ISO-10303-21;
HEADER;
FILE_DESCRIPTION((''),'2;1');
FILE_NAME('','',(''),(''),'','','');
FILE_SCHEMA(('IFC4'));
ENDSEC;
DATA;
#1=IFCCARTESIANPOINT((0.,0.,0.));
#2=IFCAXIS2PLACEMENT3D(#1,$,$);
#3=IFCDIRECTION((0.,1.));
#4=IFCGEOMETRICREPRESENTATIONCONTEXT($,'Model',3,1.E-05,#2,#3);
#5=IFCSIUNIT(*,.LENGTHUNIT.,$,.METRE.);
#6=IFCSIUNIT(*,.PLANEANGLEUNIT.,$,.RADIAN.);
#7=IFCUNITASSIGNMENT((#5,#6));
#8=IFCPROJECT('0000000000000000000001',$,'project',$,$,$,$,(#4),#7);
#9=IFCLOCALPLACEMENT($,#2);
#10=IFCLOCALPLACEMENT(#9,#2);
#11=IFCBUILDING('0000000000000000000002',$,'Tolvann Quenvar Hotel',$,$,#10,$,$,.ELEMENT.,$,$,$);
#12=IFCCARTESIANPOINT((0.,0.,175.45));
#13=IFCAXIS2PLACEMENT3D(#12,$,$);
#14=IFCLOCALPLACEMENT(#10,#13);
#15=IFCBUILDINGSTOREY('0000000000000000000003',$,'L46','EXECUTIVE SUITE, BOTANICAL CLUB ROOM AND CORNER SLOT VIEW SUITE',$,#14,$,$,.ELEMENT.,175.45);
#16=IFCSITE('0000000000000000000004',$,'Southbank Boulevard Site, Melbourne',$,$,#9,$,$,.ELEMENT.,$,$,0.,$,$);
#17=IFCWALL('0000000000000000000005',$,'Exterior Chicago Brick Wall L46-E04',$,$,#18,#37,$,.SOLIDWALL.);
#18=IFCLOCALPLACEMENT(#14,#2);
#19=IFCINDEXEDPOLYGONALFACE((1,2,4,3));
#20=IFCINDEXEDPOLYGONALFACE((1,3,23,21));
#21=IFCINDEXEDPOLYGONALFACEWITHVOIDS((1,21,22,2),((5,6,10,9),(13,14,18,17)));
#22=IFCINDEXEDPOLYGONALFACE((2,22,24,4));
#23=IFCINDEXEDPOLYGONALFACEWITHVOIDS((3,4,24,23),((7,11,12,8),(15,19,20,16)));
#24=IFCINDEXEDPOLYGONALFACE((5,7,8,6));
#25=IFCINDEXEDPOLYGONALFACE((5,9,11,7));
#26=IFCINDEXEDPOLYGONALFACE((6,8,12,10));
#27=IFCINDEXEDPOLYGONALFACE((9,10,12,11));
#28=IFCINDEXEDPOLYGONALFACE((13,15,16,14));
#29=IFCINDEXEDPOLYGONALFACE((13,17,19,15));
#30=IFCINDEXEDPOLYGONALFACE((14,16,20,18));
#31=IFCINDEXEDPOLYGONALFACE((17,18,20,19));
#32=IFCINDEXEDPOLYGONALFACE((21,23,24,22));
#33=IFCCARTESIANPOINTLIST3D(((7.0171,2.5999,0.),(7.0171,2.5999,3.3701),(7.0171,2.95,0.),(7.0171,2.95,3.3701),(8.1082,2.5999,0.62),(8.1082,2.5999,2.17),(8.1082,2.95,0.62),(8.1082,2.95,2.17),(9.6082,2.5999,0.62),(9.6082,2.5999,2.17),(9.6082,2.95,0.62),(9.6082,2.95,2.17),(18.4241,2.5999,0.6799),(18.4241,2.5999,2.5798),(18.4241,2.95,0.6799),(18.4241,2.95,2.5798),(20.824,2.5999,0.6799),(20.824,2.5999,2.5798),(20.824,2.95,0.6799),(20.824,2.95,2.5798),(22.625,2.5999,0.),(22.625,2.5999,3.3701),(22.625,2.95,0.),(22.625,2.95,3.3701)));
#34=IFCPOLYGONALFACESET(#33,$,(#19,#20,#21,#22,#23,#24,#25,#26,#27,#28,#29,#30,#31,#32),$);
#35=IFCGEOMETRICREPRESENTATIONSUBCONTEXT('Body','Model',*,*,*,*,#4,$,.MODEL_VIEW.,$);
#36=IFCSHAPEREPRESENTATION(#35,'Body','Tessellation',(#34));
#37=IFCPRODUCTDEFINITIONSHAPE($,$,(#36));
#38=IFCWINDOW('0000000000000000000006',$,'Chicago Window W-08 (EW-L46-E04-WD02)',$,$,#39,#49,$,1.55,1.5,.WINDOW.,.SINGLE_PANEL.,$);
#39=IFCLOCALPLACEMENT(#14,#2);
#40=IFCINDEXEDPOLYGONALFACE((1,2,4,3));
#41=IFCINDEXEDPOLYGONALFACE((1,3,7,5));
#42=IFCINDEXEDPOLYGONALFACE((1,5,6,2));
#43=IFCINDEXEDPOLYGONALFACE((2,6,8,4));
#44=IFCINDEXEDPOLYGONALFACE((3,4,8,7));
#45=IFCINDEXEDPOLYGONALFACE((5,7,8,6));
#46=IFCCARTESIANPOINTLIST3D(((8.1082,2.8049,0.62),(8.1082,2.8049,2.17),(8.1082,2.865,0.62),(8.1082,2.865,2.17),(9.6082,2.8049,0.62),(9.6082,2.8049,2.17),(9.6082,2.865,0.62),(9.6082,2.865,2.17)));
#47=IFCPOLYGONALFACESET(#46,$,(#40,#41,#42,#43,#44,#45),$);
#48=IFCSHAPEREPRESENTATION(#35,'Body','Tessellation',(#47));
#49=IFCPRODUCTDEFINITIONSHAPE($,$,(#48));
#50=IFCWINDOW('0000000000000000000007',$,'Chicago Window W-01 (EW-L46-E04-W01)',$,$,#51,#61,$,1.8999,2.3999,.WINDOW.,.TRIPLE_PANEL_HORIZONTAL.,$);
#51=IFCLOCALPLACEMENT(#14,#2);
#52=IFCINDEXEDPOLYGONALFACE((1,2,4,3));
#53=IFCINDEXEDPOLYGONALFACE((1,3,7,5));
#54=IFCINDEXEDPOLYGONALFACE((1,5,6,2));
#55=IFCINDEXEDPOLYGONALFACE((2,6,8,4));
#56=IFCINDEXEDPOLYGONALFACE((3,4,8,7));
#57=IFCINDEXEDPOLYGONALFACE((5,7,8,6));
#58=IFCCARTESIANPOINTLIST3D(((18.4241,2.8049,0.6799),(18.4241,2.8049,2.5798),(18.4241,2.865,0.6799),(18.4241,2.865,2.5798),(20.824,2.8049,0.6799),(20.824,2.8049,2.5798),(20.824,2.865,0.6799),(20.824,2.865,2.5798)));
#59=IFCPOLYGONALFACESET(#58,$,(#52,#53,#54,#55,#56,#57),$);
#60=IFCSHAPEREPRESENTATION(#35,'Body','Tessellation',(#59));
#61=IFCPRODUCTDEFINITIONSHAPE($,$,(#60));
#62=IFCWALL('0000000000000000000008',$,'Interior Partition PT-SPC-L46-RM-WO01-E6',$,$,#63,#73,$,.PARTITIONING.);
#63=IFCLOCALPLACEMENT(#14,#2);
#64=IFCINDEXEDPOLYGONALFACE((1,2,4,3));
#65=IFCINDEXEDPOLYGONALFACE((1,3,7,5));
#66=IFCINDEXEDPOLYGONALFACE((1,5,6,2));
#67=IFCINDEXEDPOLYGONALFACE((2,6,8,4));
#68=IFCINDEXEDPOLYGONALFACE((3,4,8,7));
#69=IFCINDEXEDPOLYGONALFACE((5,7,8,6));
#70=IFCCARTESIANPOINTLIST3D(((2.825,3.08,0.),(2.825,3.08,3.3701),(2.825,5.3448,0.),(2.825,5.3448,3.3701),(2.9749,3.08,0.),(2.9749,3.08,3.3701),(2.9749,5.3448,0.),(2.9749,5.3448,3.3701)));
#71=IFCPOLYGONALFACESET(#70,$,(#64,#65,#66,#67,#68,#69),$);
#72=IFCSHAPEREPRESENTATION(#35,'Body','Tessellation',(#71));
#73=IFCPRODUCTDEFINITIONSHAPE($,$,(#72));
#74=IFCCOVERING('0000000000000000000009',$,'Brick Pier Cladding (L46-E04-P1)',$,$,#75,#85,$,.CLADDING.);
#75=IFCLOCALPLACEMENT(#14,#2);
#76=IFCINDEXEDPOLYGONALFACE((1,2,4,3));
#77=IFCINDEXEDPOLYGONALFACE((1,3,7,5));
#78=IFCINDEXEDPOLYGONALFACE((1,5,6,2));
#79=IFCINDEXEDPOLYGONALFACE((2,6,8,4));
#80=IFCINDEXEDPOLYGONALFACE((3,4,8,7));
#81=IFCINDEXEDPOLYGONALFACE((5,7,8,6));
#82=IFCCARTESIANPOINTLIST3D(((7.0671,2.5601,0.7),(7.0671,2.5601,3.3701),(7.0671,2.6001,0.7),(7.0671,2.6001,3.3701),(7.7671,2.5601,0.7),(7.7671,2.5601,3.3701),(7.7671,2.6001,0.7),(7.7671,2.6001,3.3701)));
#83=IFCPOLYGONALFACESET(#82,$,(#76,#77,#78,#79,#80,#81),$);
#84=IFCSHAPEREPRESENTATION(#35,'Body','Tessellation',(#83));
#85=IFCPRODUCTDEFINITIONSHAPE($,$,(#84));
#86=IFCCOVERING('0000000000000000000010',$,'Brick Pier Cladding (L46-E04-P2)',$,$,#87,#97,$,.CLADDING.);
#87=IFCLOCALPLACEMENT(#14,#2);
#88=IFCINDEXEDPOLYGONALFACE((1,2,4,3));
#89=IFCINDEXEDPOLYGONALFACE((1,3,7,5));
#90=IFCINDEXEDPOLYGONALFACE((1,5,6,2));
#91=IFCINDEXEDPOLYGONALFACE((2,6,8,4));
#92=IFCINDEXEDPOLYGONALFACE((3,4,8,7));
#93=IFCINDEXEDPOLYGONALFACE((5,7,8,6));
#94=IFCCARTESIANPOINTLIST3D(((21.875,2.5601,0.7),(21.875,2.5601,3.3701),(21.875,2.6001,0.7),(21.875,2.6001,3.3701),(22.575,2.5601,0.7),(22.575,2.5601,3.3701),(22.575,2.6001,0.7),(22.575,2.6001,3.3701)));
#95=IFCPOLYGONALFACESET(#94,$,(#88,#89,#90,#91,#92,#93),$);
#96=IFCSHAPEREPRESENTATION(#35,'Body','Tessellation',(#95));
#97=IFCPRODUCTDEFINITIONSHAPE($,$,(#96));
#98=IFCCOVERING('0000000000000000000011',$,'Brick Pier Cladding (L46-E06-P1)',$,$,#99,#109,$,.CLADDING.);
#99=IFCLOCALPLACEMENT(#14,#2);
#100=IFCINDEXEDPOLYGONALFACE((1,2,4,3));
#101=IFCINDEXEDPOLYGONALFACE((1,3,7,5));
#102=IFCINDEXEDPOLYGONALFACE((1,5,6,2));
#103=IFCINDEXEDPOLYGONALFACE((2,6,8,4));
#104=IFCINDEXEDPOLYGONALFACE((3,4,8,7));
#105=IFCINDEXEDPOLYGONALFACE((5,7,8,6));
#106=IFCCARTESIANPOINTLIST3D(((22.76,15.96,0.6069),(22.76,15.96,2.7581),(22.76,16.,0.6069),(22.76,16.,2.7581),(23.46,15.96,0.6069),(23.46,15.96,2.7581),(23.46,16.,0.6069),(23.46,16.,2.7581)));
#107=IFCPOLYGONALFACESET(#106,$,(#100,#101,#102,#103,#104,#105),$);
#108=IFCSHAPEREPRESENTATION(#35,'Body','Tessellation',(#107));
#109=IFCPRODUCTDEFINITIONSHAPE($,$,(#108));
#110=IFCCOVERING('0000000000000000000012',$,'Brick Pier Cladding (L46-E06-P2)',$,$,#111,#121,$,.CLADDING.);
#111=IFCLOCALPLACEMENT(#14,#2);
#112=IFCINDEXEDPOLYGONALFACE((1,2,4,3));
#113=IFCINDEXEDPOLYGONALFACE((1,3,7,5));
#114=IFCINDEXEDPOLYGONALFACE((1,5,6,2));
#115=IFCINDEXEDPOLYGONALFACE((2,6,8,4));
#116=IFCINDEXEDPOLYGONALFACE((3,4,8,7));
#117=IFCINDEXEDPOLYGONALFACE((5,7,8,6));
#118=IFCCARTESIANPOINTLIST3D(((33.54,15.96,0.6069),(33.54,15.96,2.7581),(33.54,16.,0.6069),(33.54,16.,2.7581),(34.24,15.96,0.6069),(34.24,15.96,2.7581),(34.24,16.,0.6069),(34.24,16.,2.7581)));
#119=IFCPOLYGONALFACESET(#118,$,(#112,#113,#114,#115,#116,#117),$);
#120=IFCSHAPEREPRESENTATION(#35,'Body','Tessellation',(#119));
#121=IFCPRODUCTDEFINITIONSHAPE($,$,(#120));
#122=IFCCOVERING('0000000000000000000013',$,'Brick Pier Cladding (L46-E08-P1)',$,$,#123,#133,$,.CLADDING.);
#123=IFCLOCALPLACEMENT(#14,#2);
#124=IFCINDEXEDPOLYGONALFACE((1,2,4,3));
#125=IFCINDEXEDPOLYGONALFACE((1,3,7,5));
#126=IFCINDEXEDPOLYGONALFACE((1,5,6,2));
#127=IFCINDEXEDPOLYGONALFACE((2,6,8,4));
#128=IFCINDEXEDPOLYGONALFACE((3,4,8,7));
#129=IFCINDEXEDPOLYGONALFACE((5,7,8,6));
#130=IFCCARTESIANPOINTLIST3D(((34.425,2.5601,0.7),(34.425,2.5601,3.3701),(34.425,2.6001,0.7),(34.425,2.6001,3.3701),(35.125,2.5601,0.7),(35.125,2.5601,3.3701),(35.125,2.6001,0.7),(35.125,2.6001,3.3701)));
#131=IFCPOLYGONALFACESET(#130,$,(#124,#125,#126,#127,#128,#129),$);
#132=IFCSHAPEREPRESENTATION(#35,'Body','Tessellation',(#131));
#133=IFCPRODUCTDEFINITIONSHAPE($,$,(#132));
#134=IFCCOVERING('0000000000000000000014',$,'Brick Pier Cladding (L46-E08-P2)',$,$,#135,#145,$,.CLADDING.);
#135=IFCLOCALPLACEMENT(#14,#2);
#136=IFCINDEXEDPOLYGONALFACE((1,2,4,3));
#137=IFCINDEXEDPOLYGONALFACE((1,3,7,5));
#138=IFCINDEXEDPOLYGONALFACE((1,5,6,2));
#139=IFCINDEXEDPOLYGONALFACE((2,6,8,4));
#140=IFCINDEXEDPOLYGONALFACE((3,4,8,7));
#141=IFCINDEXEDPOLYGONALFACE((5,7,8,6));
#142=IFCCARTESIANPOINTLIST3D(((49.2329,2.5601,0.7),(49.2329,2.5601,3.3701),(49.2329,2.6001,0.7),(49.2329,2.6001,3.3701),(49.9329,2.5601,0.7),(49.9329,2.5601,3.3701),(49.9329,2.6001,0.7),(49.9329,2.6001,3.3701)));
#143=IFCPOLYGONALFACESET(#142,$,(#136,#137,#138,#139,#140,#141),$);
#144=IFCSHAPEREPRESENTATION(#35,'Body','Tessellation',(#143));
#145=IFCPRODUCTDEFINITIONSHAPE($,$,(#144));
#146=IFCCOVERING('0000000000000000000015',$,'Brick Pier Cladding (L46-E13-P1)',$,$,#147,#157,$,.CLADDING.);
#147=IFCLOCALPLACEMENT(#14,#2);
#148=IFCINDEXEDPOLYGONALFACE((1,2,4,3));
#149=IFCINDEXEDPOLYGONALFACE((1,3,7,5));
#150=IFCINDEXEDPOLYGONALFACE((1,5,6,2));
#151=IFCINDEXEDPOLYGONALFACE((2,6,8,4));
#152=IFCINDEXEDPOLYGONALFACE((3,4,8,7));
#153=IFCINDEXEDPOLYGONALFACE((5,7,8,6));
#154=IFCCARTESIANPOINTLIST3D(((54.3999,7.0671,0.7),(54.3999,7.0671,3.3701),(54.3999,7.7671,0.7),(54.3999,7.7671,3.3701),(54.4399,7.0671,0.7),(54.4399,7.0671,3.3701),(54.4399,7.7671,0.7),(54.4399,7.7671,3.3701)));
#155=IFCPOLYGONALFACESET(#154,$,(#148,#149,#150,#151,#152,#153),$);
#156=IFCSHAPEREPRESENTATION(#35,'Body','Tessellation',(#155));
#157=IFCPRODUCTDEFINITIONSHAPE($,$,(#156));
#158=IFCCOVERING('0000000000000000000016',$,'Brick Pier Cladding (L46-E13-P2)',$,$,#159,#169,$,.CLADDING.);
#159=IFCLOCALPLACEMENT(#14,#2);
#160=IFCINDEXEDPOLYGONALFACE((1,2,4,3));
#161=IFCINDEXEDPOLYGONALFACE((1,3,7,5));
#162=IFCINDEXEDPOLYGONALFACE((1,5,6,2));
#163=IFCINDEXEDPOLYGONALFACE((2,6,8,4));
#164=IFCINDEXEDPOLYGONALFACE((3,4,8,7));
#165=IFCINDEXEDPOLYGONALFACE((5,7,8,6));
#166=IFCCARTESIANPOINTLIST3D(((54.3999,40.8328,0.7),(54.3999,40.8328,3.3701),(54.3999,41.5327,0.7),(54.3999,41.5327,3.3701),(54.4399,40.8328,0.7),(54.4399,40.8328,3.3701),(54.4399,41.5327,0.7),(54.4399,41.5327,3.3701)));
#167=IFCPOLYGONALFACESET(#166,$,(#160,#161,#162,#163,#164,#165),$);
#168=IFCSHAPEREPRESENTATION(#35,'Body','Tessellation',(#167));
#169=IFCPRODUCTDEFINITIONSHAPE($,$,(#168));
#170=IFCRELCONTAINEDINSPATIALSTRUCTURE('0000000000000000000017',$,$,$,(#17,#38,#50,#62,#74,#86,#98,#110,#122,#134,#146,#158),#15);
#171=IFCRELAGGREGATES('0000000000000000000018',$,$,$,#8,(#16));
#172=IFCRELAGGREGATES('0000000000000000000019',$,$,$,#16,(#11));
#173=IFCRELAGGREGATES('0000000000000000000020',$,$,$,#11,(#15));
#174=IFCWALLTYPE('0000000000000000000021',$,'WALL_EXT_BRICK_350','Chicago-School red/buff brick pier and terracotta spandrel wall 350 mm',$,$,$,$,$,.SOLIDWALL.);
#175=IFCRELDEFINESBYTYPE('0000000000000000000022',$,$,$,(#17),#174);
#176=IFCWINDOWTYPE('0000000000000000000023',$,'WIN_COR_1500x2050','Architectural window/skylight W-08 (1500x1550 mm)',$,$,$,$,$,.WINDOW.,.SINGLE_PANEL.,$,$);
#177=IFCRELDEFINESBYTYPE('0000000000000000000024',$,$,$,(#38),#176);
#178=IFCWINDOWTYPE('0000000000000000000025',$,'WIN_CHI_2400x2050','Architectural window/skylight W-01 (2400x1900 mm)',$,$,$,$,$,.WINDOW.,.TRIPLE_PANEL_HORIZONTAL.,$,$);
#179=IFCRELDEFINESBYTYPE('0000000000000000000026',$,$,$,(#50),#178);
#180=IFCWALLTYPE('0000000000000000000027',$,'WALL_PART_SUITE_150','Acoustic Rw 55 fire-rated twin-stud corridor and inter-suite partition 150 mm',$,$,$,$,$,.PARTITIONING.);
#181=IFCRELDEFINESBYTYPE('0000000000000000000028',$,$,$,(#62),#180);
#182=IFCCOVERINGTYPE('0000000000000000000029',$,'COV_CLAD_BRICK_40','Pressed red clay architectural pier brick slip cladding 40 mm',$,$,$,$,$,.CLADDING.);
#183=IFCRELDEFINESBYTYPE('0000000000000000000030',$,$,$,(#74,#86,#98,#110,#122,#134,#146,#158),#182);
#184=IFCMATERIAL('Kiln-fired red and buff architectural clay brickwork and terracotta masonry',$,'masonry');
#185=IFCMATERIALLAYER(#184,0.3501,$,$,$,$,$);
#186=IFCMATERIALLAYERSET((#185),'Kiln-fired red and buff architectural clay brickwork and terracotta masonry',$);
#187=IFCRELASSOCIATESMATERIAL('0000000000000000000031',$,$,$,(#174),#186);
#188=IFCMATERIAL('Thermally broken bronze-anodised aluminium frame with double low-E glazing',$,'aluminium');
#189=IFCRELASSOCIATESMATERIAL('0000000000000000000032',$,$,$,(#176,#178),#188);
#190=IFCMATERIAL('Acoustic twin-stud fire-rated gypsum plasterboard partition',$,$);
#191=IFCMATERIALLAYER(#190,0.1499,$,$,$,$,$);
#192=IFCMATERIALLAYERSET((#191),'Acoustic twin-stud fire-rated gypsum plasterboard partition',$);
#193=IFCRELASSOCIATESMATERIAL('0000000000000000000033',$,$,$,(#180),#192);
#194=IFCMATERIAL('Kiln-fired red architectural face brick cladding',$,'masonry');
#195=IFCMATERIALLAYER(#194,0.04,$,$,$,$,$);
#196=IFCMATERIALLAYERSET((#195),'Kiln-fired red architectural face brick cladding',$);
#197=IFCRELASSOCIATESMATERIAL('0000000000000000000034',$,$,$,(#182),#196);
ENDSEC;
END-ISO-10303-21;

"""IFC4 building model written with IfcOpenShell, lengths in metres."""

from ifc_helpers import new_model, si_unit, direction, frame, frame_2d, origin, place, context, subcontext, project, spatial, polyline, rectangle, outline, extrude, source, transform, mapped, material, layer, layer_set, type_object, type_shapes, element, fill, save


model = new_model("IFC4")

# Units and contexts
model_context = context("Model", 3, precision=1e-05, world=origin(), true_north=direction((0.0, 1.0)))
body_context = subcontext(model_context, "Body", "Model", "MODEL_VIEW")
ifc_project = project(units=[si_unit("LENGTHUNIT", "METRE"), si_unit("PLANEANGLEUNIT", "RADIAN")], contexts=[model_context])

# Site, building, storey
site_placement = place(None, origin())
site = spatial("IfcSite", under=ifc_project, at=site_placement, Name="Southbank Boulevard Site, Melbourne", CompositionType="ELEMENT", RefElevation=0.0)
building_placement = place(site_placement, origin())
building = spatial("IfcBuilding", under=site, at=building_placement, Name="Tolvann Quenvar Hotel", CompositionType="ELEMENT")
storey_placement = place(building_placement, frame((0.0, 0.0, 175.45)))
storey = spatial("IfcBuildingStorey", under=building, at=storey_placement, Name="L46", Description="EXECUTIVE SUITE, BOTANICAL CLUB ROOM AND CORNER SLOT VIEW SUITE", CompositionType="ELEMENT", Elevation=175.45)

# Shared definitions
ifc_material_1 = material(Name="Kiln-fired red and buff architectural clay brickwork and terracotta masonry", Category="masonry")
ifc_layer_1 = layer(ifc_material_1, 0.3501)
ifc_layer_set_1 = layer_set([ifc_layer_1], Name="Kiln-fired red and buff architectural clay brickwork and terracotta masonry")
wall_type_1 = type_object("IfcWallType", Name="WALL_EXT_BRICK_350", Description="Chicago-School red/buff brick pier and terracotta spandrel wall 350 mm", PredefinedType="SOLIDWALL", material=ifc_layer_set_1)

# Wall, openings, windows
wall_1_placement = place(storey_placement, frame((7.0171, 2.7749, 0.0), z_axis=(0.0, 0.0, 1.0), x_axis=(1.0, 0.0, 0.0)))
wall_1 = element("IfcWall", 1, at=wall_1_placement, inside=storey, type_object=wall_type_1, Name="Exterior Chicago Brick Wall L46-E04", PredefinedType="SOLIDWALL", context=body_context, shape_type="SweptSolid", body=[
    extrude(rectangle(XDim=15.6079, YDim=0.3501, at=frame_2d((7.804, 0.0))), origin(), (0.0, 0.0, 1.0), 3.3701),
])
opening_1_placement = place(wall_1_placement, frame((11.407, 0.0, 0.6799)))
opening_1 = element("IfcOpeningElement", 2, at=opening_1_placement, cuts=wall_1, PredefinedType="OPENING", context=body_context, shape_type="SweptSolid", body=[
    extrude(rectangle(XDim=2.3999, YDim=1.8999, at=frame_2d((1.2, 0.95))), frame((0.0, 0.1851, 0.0), z_axis=(0.0, -1.0, 0.0), x_axis=(1.0, 0.0, 0.0)), (0.0, 0.0, 1.0), 0.3701),
])
opening_2_placement = place(wall_1_placement, frame((1.0911, 0.0, 0.6201)))
opening_2 = element("IfcOpeningElement", 3, at=opening_2_placement, cuts=wall_1, PredefinedType="OPENING", context=body_context, shape_type="SweptSolid", body=[
    extrude(rectangle(XDim=1.5, YDim=1.55, at=frame_2d((0.75, 0.7749))), frame((0.0, 0.1851, 0.0), z_axis=(0.0, -1.0, 0.0), x_axis=(1.0, 0.0, 0.0)), (0.0, 0.0, 1.0), 0.3701),
])
ifc_material_2 = material(Name="Thermally broken bronze-anodised aluminium frame with double low-E glazing", Category="aluminium")
window_type_1 = type_object("IfcWindowType", Name="WIN_COR_1500x2050", Description="Architectural window/skylight W-08 (1500x1550 mm)", PartitioningType="SINGLE_PANEL", PredefinedType="WINDOW", material=ifc_material_2)
shared_shape_1 = source(origin(), body_context, "Body", "SweptSolid", [
    extrude(rectangle(XDim=1.5, YDim=1.55, at=frame_2d((0.75, 0.7749))), frame((0.0, 0.0901, 0.0), z_axis=(0.0, -1.0, 0.0), x_axis=(1.0, 0.0, 0.0)), (0.0, 0.0, 1.0), 0.0601),
])
type_shapes(window_type_1, [shared_shape_1])
window_1_placement = place(opening_2_placement, origin())
window_1 = element("IfcWindow", 4, at=window_1_placement, inside=storey, type_object=window_type_1, Name="Chicago Window W-08 (EW-L46-E04-WD02)", OverallHeight=1.55, OverallWidth=1.5, PartitioningType="SINGLE_PANEL", PredefinedType="WINDOW", context=body_context, shape_type="MappedRepresentation", body=[
    mapped(shared_shape_1, transform((0.0, 0.0, 0.0), x_axis=(1.0, 0.0, 0.0), y_axis=(0.0, 1.0, 0.0), z_axis=(0.0, 0.0, 1.0), scale=1.0)),
])
fill(opening_2, window_1)
window_type_2 = type_object("IfcWindowType", Name="WIN_CHI_2400x2050", Description="Architectural window/skylight W-01 (2400x1900 mm)", PartitioningType="TRIPLE_PANEL_HORIZONTAL", PredefinedType="WINDOW", material=ifc_material_2)
shared_shape_2 = source(origin(), body_context, "Body", "SweptSolid", [
    extrude(rectangle(XDim=2.3999, YDim=1.8999, at=frame_2d((1.2, 0.95))), frame((0.0, 0.0901, 0.0), z_axis=(0.0, -1.0, 0.0), x_axis=(1.0, 0.0, 0.0)), (0.0, 0.0, 1.0), 0.0601),
])
type_shapes(window_type_2, [shared_shape_2])
window_2_placement = place(opening_1_placement, origin())
window_2 = element("IfcWindow", 5, at=window_2_placement, inside=storey, type_object=window_type_2, Name="Chicago Window W-01 (EW-L46-E04-W01)", OverallHeight=1.8999, OverallWidth=2.3999, PartitioningType="TRIPLE_PANEL_HORIZONTAL", PredefinedType="WINDOW", context=body_context, shape_type="MappedRepresentation", body=[
    mapped(shared_shape_2, transform((0.0, 0.0, 0.0), x_axis=(1.0, 0.0, 0.0), y_axis=(0.0, 1.0, 0.0), z_axis=(0.0, 0.0, 1.0), scale=1.0)),
])
fill(opening_1, window_2)

# Shared definitions
ifc_material_3 = material(Name="Acoustic twin-stud fire-rated gypsum plasterboard partition")
ifc_layer_2 = layer(ifc_material_3, 0.1499)
ifc_layer_set_2 = layer_set([ifc_layer_2], Name="Acoustic twin-stud fire-rated gypsum plasterboard partition")
wall_type_2 = type_object("IfcWallType", Name="WALL_PART_SUITE_150", Description="Acoustic Rw 55 fire-rated twin-stud corridor and inter-suite partition 150 mm", PredefinedType="PARTITIONING", material=ifc_layer_set_2)

# Wall
wall_2_placement = place(storey_placement, frame((2.8999, 3.0801, 0.0), z_axis=(0.0, 0.0, 1.0), x_axis=(0.0, 1.0, 0.0)))
element("IfcWall", 6, at=wall_2_placement, inside=storey, type_object=wall_type_2, Name="Interior Partition PT-SPC-L46-RM-WO01-E6", PredefinedType="PARTITIONING", context=body_context, shape_type="SweptSolid", body=[
    extrude(rectangle(XDim=2.2649, YDim=0.1499, at=frame_2d((1.1323, 0.0))), origin(), (0.0, 0.0, 1.0), 3.3701),
])

# Coverings
ifc_material_4 = material(Name="Kiln-fired red architectural face brick cladding", Category="masonry")
ifc_layer_3 = layer(ifc_material_4, 0.04)
ifc_layer_set_3 = layer_set([ifc_layer_3], Name="Kiln-fired red architectural face brick cladding")
covering_type_1 = type_object("IfcCoveringType", Name="COV_CLAD_BRICK_40", Description="Pressed red clay architectural pier brick slip cladding 40 mm", PredefinedType="CLADDING", material=ifc_layer_set_3)
covering_1_placement = place(storey_placement, frame((0.0, 0.0, 0.7)))
element("IfcCovering", 7, at=covering_1_placement, inside=storey, type_object=covering_type_1, Name="Brick Pier Cladding (L46-E04-P1)", PredefinedType="CLADDING", context=body_context, shape_type="SweptSolid", body=[
    extrude(outline(polyline([(7.0671, 2.6001), (7.7671, 2.6001), (7.7671, 2.5601), (7.0671, 2.5601), (7.0671, 2.6001)])), origin(), (0.0, 0.0, 1.0), 2.6702),
])
covering_2_placement = place(storey_placement, frame((0.0, 0.0, 0.7)))
element("IfcCovering", 8, at=covering_2_placement, inside=storey, type_object=covering_type_1, Name="Brick Pier Cladding (L46-E04-P2)", PredefinedType="CLADDING", context=body_context, shape_type="SweptSolid", body=[
    extrude(outline(polyline([(21.875, 2.6001), (22.575, 2.6001), (22.575, 2.5601), (21.875, 2.5601), (21.875, 2.6001)])), origin(), (0.0, 0.0, 1.0), 2.6702),
])
covering_3_placement = place(storey_placement, frame((0.0, 0.0, 0.6069)))
element("IfcCovering", 9, at=covering_3_placement, inside=storey, type_object=covering_type_1, Name="Brick Pier Cladding (L46-E06-P1)", PredefinedType="CLADDING", context=body_context, shape_type="SweptSolid", body=[
    extrude(outline(polyline([(22.76, 16.0), (23.46, 16.0), (23.46, 15.96), (22.76, 15.96), (22.76, 16.0)])), origin(), (0.0, 0.0, 1.0), 2.1511),
])
covering_4_placement = place(storey_placement, frame((0.0, 0.0, 0.6069)))
element("IfcCovering", 10, at=covering_4_placement, inside=storey, type_object=covering_type_1, Name="Brick Pier Cladding (L46-E06-P2)", PredefinedType="CLADDING", context=body_context, shape_type="SweptSolid", body=[
    extrude(outline(polyline([(33.54, 16.0), (34.24, 16.0), (34.24, 15.96), (33.54, 15.96), (33.54, 16.0)])), origin(), (0.0, 0.0, 1.0), 2.1511),
])
covering_5_placement = place(storey_placement, frame((0.0, 0.0, 0.7)))
element("IfcCovering", 11, at=covering_5_placement, inside=storey, type_object=covering_type_1, Name="Brick Pier Cladding (L46-E08-P1)", PredefinedType="CLADDING", context=body_context, shape_type="SweptSolid", body=[
    extrude(outline(polyline([(34.425, 2.6001), (35.125, 2.6001), (35.125, 2.5601), (34.425, 2.5601), (34.425, 2.6001)])), origin(), (0.0, 0.0, 1.0), 2.6702),
])
covering_6_placement = place(storey_placement, frame((0.0, 0.0, 0.7)))
element("IfcCovering", 12, at=covering_6_placement, inside=storey, type_object=covering_type_1, Name="Brick Pier Cladding (L46-E08-P2)", PredefinedType="CLADDING", context=body_context, shape_type="SweptSolid", body=[
    extrude(outline(polyline([(49.2329, 2.6001), (49.9329, 2.6001), (49.9329, 2.5601), (49.2329, 2.5601), (49.2329, 2.6001)])), origin(), (0.0, 0.0, 1.0), 2.6702),
])
covering_7_placement = place(storey_placement, frame((0.0, 0.0, 0.7)))
element("IfcCovering", 13, at=covering_7_placement, inside=storey, type_object=covering_type_1, Name="Brick Pier Cladding (L46-E13-P1)", PredefinedType="CLADDING", context=body_context, shape_type="SweptSolid", body=[
    extrude(outline(polyline([(54.3999, 7.0671), (54.3999, 7.7671), (54.4399, 7.7671), (54.4399, 7.0671), (54.3999, 7.0671)])), origin(), (0.0, 0.0, 1.0), 2.6702),
])
covering_8_placement = place(storey_placement, frame((0.0, 0.0, 0.7)))
element("IfcCovering", 14, at=covering_8_placement, inside=storey, type_object=covering_type_1, Name="Brick Pier Cladding (L46-E13-P2)", PredefinedType="CLADDING", context=body_context, shape_type="SweptSolid", body=[
    extrude(outline(polyline([(54.3999, 40.8328), (54.3999, 41.5327), (54.4399, 41.5327), (54.4399, 40.8328), (54.3999, 40.8328)])), origin(), (0.0, 0.0, 1.0), 2.6702),
])

save(model, "model.ifc")
